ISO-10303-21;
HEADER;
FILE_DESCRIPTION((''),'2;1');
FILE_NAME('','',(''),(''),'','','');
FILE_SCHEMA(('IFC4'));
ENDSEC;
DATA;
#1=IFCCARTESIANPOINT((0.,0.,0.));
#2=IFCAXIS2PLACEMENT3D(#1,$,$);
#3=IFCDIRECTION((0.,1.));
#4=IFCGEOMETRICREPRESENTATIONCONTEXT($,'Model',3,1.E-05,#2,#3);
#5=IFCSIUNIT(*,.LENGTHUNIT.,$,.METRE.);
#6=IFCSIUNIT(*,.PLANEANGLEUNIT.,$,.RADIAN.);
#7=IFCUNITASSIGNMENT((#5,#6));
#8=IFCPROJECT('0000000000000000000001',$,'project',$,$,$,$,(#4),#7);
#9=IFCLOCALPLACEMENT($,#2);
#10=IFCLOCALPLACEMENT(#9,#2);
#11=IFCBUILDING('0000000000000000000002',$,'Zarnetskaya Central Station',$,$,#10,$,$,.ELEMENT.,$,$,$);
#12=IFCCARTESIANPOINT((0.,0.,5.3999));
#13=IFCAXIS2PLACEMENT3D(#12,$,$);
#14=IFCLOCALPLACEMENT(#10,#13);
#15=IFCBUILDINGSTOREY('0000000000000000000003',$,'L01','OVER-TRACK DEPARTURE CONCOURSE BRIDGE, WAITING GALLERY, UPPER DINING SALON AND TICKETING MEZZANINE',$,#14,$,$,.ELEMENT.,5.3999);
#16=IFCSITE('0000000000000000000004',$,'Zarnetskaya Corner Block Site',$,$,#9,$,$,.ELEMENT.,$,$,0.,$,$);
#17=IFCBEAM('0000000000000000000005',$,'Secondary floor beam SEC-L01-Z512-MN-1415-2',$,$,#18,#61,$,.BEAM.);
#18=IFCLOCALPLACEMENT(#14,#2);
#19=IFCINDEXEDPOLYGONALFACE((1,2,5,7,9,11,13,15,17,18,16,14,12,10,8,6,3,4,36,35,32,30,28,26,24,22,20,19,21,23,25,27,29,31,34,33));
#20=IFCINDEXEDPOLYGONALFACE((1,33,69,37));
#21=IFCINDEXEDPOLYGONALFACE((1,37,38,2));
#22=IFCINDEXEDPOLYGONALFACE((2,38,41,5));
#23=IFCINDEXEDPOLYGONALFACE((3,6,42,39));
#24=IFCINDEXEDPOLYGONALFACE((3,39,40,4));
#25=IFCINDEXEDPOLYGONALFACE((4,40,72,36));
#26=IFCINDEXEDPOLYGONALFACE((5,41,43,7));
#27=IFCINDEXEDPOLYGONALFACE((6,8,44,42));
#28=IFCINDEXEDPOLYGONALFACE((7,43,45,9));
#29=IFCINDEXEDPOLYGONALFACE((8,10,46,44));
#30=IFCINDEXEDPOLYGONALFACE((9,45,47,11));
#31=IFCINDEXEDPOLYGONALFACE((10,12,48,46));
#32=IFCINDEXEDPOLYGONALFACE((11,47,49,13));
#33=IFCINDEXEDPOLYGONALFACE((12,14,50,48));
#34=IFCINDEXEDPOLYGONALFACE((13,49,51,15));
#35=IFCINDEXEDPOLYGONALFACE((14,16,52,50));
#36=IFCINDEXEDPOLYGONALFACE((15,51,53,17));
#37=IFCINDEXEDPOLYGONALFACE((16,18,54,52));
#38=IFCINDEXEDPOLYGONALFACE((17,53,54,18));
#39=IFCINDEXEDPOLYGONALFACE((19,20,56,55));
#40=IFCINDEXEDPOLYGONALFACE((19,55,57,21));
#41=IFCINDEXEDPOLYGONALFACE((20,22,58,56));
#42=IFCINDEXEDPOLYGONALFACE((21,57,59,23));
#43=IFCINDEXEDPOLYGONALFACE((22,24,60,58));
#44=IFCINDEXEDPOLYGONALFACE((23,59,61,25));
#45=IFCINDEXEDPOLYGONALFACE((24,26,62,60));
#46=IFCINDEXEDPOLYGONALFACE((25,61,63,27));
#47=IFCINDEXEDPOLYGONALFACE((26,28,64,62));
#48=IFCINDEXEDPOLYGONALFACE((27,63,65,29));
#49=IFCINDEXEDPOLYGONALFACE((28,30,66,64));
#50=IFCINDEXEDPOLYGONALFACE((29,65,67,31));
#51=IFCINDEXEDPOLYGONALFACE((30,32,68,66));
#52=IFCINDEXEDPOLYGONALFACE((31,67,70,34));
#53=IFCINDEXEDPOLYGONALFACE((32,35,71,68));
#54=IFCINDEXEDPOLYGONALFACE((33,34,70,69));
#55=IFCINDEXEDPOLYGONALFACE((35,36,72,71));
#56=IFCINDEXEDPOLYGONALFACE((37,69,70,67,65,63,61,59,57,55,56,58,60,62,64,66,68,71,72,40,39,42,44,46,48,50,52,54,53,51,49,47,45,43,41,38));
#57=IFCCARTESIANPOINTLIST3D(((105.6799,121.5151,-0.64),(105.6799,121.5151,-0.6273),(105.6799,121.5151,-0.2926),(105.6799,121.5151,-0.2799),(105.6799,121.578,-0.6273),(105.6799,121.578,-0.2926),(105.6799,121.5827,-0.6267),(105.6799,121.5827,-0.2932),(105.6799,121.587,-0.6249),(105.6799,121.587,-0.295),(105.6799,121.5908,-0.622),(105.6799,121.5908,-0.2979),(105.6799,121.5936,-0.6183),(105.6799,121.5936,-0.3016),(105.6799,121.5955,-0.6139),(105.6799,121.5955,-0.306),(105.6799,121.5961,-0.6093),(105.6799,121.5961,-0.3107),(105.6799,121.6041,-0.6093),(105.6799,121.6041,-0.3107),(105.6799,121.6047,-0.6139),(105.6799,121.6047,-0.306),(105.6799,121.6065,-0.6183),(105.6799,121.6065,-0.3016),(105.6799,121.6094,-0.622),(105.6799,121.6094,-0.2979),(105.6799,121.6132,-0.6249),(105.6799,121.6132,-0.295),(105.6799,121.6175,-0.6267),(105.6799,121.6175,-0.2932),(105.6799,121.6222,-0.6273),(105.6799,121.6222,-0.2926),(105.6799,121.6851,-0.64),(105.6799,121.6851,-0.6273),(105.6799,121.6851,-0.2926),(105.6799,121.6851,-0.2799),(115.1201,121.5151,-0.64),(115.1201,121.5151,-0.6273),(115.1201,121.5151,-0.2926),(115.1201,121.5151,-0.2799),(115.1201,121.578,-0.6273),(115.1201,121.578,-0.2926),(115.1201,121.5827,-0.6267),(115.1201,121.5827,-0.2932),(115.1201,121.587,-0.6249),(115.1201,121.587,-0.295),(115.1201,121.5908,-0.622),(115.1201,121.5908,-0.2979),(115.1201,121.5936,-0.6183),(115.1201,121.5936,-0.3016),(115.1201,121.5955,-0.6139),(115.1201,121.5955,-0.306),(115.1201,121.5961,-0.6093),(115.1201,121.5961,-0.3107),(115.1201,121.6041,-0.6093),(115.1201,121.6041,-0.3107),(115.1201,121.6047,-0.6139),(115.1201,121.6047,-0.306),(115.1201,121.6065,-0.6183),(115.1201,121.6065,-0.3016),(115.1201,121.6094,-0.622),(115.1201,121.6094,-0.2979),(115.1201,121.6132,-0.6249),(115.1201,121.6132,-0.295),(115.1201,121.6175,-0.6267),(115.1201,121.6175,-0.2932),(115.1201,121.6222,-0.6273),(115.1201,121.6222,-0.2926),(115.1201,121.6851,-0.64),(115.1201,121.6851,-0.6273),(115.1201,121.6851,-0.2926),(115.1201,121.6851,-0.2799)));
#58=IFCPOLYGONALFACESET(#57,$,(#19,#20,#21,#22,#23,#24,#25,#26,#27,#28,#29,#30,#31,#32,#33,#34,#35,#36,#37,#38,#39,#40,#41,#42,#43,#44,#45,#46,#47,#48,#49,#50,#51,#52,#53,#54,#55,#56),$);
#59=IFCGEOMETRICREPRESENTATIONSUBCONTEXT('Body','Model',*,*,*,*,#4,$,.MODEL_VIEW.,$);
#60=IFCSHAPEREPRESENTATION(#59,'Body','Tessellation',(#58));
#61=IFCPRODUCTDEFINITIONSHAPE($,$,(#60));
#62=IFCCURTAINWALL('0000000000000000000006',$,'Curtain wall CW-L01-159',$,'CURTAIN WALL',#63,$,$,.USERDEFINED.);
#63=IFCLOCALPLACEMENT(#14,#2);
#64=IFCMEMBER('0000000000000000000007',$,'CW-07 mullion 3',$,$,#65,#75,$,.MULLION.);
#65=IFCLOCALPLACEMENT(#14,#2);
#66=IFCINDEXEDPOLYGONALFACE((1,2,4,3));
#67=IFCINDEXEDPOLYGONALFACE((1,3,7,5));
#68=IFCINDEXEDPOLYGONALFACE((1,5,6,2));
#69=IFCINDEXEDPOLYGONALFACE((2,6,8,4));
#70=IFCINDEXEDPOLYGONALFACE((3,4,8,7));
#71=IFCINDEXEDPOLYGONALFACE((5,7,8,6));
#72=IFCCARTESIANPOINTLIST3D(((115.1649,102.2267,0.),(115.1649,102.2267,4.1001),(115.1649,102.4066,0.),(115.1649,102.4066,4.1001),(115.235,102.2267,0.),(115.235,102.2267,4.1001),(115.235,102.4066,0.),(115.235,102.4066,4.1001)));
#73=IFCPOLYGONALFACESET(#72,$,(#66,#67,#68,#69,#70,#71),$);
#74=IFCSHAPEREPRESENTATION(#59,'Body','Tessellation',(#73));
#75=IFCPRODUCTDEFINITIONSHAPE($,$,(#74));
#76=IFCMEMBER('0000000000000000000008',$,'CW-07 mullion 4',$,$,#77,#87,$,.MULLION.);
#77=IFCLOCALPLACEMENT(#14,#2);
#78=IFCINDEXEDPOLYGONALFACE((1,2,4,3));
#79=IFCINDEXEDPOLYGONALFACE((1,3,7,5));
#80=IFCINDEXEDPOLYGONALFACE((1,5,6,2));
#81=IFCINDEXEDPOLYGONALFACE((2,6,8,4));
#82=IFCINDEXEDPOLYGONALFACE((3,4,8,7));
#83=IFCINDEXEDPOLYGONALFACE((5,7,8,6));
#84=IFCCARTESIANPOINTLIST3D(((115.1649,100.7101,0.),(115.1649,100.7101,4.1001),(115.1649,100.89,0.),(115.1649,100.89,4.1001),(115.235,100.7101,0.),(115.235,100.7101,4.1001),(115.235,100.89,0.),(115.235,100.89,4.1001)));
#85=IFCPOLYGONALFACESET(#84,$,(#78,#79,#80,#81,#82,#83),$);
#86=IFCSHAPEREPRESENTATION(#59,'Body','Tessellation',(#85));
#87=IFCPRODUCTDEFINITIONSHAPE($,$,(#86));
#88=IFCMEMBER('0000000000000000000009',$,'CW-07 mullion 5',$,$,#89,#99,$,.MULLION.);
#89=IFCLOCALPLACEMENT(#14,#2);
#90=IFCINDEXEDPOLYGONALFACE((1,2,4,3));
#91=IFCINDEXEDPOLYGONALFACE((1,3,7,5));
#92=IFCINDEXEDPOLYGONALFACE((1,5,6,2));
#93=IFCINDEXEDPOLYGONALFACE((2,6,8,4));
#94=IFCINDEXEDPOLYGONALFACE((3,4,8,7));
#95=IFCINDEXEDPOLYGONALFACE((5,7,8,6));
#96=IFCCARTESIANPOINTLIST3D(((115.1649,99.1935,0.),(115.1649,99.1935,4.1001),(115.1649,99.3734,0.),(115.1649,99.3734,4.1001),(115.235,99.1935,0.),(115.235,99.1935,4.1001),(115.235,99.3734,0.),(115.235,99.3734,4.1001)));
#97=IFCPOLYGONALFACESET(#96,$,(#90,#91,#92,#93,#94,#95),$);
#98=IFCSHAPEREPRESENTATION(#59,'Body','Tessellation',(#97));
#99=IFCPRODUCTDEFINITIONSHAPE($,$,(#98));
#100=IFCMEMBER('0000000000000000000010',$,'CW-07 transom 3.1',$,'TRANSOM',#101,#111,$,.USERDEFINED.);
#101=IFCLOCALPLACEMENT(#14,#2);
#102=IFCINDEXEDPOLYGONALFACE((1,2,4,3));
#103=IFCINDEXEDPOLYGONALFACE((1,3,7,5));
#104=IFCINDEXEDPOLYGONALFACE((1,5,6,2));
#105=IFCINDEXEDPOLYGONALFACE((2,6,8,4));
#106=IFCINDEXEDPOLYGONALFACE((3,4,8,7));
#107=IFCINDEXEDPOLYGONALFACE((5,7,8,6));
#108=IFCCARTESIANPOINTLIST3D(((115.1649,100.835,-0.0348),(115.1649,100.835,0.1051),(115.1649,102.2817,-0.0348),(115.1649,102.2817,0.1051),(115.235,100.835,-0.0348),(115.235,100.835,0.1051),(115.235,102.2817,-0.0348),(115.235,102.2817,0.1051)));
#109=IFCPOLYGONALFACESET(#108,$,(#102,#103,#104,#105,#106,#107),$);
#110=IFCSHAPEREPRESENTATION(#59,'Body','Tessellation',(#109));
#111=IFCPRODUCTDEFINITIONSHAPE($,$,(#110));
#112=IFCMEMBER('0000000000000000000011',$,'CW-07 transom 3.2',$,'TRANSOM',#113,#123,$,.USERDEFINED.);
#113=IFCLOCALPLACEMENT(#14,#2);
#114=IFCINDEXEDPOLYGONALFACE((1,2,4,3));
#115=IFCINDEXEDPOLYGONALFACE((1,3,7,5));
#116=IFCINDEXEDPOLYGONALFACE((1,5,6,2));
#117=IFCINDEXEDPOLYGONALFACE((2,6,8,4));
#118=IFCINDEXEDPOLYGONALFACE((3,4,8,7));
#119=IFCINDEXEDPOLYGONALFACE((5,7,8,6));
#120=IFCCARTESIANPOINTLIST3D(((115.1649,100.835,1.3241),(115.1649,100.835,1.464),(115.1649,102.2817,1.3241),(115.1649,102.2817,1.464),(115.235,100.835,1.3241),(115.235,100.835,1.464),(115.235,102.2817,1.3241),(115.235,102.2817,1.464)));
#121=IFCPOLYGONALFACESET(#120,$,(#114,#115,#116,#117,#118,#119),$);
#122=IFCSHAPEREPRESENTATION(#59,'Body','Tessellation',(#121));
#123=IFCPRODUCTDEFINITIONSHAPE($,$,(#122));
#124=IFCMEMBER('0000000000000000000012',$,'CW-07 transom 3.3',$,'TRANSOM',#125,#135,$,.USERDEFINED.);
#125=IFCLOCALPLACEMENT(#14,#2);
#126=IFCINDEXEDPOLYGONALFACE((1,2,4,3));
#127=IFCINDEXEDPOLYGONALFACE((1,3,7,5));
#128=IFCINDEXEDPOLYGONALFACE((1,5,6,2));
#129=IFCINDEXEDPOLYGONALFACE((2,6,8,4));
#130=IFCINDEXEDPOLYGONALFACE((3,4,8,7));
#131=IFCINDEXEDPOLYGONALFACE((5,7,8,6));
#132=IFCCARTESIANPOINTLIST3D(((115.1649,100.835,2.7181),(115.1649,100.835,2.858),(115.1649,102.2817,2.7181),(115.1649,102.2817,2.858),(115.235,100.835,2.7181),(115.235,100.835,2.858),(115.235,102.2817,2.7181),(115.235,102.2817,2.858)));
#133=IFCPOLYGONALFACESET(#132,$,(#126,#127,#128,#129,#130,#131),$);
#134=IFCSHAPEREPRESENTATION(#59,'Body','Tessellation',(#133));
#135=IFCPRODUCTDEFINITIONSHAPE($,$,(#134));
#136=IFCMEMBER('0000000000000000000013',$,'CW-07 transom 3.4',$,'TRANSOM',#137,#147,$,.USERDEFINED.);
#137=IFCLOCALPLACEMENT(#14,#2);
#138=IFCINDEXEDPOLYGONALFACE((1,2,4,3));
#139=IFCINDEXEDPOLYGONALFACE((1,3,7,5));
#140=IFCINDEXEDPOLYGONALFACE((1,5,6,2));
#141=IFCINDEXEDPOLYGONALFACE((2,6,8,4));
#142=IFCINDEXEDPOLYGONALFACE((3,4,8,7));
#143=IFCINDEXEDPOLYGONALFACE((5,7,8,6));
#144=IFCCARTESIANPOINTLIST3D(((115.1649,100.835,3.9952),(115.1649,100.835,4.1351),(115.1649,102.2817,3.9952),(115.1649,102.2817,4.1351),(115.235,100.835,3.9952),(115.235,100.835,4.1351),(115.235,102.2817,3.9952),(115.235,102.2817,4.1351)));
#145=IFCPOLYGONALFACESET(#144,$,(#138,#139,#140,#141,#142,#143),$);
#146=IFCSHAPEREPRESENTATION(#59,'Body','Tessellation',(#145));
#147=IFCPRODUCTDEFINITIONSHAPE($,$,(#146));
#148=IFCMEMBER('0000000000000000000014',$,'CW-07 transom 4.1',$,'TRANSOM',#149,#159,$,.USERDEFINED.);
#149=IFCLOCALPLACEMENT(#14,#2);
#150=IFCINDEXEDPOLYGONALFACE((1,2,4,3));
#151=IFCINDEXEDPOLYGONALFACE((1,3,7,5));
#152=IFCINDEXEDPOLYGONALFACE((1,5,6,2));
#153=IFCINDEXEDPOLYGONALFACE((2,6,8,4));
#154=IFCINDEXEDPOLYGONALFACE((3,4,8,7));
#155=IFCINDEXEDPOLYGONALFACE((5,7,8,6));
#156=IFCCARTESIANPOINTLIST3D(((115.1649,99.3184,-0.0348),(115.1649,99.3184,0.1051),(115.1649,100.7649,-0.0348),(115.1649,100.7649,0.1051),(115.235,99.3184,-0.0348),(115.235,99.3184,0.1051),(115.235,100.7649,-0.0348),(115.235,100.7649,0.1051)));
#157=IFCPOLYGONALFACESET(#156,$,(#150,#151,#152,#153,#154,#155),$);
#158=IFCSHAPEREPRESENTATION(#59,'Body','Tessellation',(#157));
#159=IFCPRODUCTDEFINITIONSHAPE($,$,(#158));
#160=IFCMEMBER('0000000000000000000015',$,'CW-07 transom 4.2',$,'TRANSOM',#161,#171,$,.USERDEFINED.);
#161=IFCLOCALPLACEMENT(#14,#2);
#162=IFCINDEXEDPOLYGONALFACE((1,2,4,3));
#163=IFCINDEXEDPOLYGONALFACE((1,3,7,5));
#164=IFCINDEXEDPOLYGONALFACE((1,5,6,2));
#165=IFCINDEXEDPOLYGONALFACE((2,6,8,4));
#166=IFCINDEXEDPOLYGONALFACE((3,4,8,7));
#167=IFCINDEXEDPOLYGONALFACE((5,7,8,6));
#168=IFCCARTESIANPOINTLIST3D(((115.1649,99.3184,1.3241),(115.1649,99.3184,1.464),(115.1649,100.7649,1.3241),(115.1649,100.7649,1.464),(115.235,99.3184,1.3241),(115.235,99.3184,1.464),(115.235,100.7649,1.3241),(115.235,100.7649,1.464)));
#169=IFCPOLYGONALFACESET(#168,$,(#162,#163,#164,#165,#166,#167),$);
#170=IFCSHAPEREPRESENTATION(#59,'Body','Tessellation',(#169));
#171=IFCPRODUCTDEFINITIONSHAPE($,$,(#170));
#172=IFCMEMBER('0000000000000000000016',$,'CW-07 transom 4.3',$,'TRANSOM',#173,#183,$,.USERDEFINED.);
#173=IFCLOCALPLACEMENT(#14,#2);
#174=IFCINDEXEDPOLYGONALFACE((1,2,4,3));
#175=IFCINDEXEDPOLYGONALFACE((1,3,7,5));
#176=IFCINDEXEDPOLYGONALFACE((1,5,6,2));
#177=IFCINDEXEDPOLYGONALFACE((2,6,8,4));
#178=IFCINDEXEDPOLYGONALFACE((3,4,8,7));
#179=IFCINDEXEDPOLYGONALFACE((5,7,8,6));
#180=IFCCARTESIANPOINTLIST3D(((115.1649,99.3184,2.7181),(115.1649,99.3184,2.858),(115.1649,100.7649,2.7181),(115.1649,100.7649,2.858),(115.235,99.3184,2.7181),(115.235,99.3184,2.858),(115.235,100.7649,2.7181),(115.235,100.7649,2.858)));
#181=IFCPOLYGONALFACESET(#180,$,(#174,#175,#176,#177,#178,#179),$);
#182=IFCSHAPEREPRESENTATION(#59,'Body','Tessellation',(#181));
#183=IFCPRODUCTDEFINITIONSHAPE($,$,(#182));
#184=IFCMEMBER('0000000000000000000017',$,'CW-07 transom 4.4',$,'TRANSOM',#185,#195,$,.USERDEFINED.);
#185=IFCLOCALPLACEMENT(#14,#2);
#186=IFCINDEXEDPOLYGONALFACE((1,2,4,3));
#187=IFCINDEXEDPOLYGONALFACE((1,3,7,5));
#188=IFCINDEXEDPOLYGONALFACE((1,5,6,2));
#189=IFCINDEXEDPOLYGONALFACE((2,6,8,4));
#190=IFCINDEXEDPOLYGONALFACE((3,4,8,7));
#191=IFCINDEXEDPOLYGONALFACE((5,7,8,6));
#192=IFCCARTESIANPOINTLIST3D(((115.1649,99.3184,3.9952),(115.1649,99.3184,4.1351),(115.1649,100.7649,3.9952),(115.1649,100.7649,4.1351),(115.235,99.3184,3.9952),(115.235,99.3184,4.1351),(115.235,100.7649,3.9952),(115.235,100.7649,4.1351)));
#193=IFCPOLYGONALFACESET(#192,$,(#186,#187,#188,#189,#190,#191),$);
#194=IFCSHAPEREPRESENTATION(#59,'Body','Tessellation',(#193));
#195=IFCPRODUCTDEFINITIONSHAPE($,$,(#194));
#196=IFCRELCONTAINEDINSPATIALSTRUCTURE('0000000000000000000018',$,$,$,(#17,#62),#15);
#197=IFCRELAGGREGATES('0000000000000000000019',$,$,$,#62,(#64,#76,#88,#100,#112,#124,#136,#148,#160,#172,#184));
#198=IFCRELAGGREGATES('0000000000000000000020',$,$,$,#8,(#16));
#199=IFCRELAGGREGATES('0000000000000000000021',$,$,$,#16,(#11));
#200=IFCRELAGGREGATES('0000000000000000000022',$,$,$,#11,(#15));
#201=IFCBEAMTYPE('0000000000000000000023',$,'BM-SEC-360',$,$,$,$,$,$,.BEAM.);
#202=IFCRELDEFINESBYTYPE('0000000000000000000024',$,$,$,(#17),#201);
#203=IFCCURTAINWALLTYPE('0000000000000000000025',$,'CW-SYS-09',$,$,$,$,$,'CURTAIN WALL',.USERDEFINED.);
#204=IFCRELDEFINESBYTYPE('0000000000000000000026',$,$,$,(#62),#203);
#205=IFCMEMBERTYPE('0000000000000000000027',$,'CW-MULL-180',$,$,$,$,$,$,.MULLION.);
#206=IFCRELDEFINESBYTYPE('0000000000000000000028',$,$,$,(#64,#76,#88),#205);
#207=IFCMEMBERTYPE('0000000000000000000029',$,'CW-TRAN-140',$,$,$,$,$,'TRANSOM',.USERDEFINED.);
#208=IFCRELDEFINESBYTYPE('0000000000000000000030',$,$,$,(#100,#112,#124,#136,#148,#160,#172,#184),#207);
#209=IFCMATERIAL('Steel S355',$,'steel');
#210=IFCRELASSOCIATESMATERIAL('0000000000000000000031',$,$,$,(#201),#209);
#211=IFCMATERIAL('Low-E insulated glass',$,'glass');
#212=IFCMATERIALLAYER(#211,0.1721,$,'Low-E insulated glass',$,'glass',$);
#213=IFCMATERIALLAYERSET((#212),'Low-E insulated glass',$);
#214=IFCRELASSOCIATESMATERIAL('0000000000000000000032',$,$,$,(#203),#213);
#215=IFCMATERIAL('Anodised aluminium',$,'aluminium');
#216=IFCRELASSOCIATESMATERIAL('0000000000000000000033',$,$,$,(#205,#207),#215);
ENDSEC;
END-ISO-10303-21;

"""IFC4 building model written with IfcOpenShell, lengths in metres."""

from ifc_helpers import new_model, si_unit, direction, frame, origin, origin_2d, place, context, subcontext, project, spatial, rectangle, i_section, extrude, material, layer, layer_set, material_profile, profile_set, type_object, element, aggregate, save


model = new_model("IFC4")

# Units and contexts
model_context = context("Model", 3, precision=1e-05, world=origin(), true_north=direction((0.0, 1.0)))
body_context = subcontext(model_context, "Body", "Model", "MODEL_VIEW")
ifc_project = project(units=[si_unit("LENGTHUNIT", "METRE"), si_unit("PLANEANGLEUNIT", "RADIAN")], contexts=[model_context])

# Site, building, storey
site_placement = place(None, origin())
site = spatial("IfcSite", under=ifc_project, at=site_placement, Name="Zarnetskaya Corner Block Site", CompositionType="ELEMENT", RefElevation=0.0)
building_placement = place(site_placement, origin())
building = spatial("IfcBuilding", under=site, at=building_placement, Name="Zarnetskaya Central Station", CompositionType="ELEMENT")
storey_placement = place(building_placement, frame((0.0, 0.0, 5.3999)))
storey = spatial("IfcBuildingStorey", under=building, at=storey_placement, Name="L01", Description="OVER-TRACK DEPARTURE CONCOURSE BRIDGE, WAITING GALLERY, UPPER DINING SALON AND TICKETING MEZZANINE", CompositionType="ELEMENT", Elevation=5.3999)

# Shared definitions
ifc_material_1 = material(Name="Steel S355", Category="steel")

# Beam
ifc_material_profile_1 = material_profile(ifc_material_1, i_section(OverallWidth=0.1699, OverallDepth=0.3601, WebThickness=0.0081, FlangeThickness=0.0127, FilletRadius=0.0181, at=origin_2d()), Name="IPE 360")
ifc_profile_set_1 = profile_set([ifc_material_profile_1], Name="Steel S355")
beam_type_1 = type_object("IfcBeamType", Name="BM-SEC-360", PredefinedType="BEAM", material=ifc_profile_set_1)
for number, where, z_axis, x_axis, name in (
    (1, (105.6799, 121.6001, -0.46), (1.0, 0.0, 0.0), (0.0, 1.0, 0.0), "Secondary floor beam SEC-L01-Z512-MN-1415-2"),
):
    element("IfcBeam", number, at=place(storey_placement, frame(where, z_axis=z_axis, x_axis=x_axis)), inside=storey, type_object=beam_type_1, Name=name, PredefinedType="BEAM", context=body_context, shape_type="SweptSolid", body=[
        extrude(i_section(OverallWidth=0.1699, OverallDepth=0.3601, WebThickness=0.0081, FlangeThickness=0.0127, FilletRadius=0.0181, at=origin_2d()), origin(), (0.0, 0.0, 1.0), 9.4402),
    ])

# Curtain wall, members
ifc_material_2 = material(Name="Low-E insulated glass", Category="glass")
ifc_layer_1 = layer(ifc_material_2, 0.1721, Name="Low-E insulated glass", Category="glass")
ifc_layer_set_1 = layer_set([ifc_layer_1], Name="Low-E insulated glass")
curtain_wall_type = type_object("IfcCurtainWallType", Name="CW-SYS-09", ElementType="CURTAIN WALL", PredefinedType="USERDEFINED", material=ifc_layer_set_1)
curtain_wall_1_placement = place(storey_placement, origin())
curtain_wall_1 = element("IfcCurtainWall", 2, at=curtain_wall_1_placement, inside=storey, type_object=curtain_wall_type, Name="Curtain wall CW-L01-159", ObjectType="CURTAIN WALL", PredefinedType="USERDEFINED")
ifc_material_3 = material(Name="Anodised aluminium", Category="aluminium")
ifc_material_profile_2 = material_profile(ifc_material_3, rectangle(XDim=0.0701, YDim=0.1799, at=origin_2d()), Name="ALU MULL 70x180")
ifc_profile_set_2 = profile_set([ifc_material_profile_2], Name="Anodised aluminium")
member_type_1 = type_object("IfcMemberType", Name="CW-MULL-180", PredefinedType="MULLION", material=ifc_profile_set_2)
member_1_placement = place(storey_placement, frame((115.2, 102.3167, 0.0), z_axis=(0.0, 0.0, 1.0), x_axis=(1.0, 0.0, 0.0)))
member_1 = element("IfcMember", 3, at=member_1_placement, type_object=member_type_1, Name="CW-07 mullion 3", PredefinedType="MULLION", context=body_context, shape_type="SweptSolid", body=[
    extrude(rectangle(XDim=0.0701, YDim=0.1799, at=origin_2d()), origin(), (0.0, 0.0, 1.0), 4.1001),
])
member_2_placement = place(storey_placement, frame((115.2, 100.8, 0.0), z_axis=(0.0, 0.0, 1.0), x_axis=(1.0, 0.0, 0.0)))
member_2 = element("IfcMember", 4, at=member_2_placement, type_object=member_type_1, Name="CW-07 mullion 4", PredefinedType="MULLION", context=body_context, shape_type="SweptSolid", body=[
    extrude(rectangle(XDim=0.0701, YDim=0.1799, at=origin_2d()), origin(), (0.0, 0.0, 1.0), 4.1001),
])
member_3_placement = place(storey_placement, frame((115.2, 99.2834, 0.0), z_axis=(0.0, 0.0, 1.0), x_axis=(1.0, 0.0, 0.0)))
member_3 = element("IfcMember", 5, at=member_3_placement, type_object=member_type_1, Name="CW-07 mullion 5", PredefinedType="MULLION", context=body_context, shape_type="SweptSolid", body=[
    extrude(rectangle(XDim=0.0701, YDim=0.1799, at=origin_2d()), origin(), (0.0, 0.0, 1.0), 4.1001),
])
ifc_material_profile_3 = material_profile(ifc_material_3, rectangle(XDim=0.0701, YDim=0.1399, at=origin_2d()), Name="ALU TRAN 70x140")
ifc_profile_set_3 = profile_set([ifc_material_profile_3], Name="Anodised aluminium")
member_type_2 = type_object("IfcMemberType", Name="CW-TRAN-140", ElementType="TRANSOM", PredefinedType="USERDEFINED", material=ifc_profile_set_3)
member_4_placement = place(storey_placement, frame((115.2, 102.2817, 0.0352), z_axis=(0.0, -1.0, 0.0), x_axis=(1.0, 0.0, 0.0)))
member_4 = element("IfcMember", 6, at=member_4_placement, type_object=member_type_2, Name="CW-07 transom 3.1", ObjectType="TRANSOM", PredefinedType="USERDEFINED", context=body_context, shape_type="SweptSolid", body=[
    extrude(rectangle(XDim=0.0701, YDim=0.1399, at=origin_2d()), origin(), (0.0, 0.0, 1.0), 1.4468),
])
member_5_placement = place(storey_placement, frame((115.2, 102.2817, 1.394), z_axis=(0.0, -1.0, 0.0), x_axis=(1.0, 0.0, 0.0)))
member_5 = element("IfcMember", 7, at=member_5_placement, type_object=member_type_2, Name="CW-07 transom 3.2", ObjectType="TRANSOM", PredefinedType="USERDEFINED", context=body_context, shape_type="SweptSolid", body=[
    extrude(rectangle(XDim=0.0701, YDim=0.1399, at=origin_2d()), origin(), (0.0, 0.0, 1.0), 1.4468),
])
member_6_placement = place(storey_placement, frame((115.2, 102.2817, 2.7881), z_axis=(0.0, -1.0, 0.0), x_axis=(1.0, 0.0, 0.0)))
member_6 = element("IfcMember", 8, at=member_6_placement, type_object=member_type_2, Name="CW-07 transom 3.3", ObjectType="TRANSOM", PredefinedType="USERDEFINED", context=body_context, shape_type="SweptSolid", body=[
    extrude(rectangle(XDim=0.0701, YDim=0.1399, at=origin_2d()), origin(), (0.0, 0.0, 1.0), 1.4468),
])
member_7_placement = place(storey_placement, frame((115.2, 102.2817, 4.0652), z_axis=(0.0, -1.0, 0.0), x_axis=(1.0, 0.0, 0.0)))
member_7 = element("IfcMember", 9, at=member_7_placement, type_object=member_type_2, Name="CW-07 transom 3.4", ObjectType="TRANSOM", PredefinedType="USERDEFINED", context=body_context, shape_type="SweptSolid", body=[
    extrude(rectangle(XDim=0.0701, YDim=0.1399, at=origin_2d()), origin(), (0.0, 0.0, 1.0), 1.4468),
])
member_8_placement = place(storey_placement, frame((115.2, 100.7649, 0.0352), z_axis=(0.0, -1.0, 0.0), x_axis=(1.0, 0.0, 0.0)))
member_8 = element("IfcMember", 10, at=member_8_placement, type_object=member_type_2, Name="CW-07 transom 4.1", ObjectType="TRANSOM", PredefinedType="USERDEFINED", context=body_context, shape_type="SweptSolid", body=[
    extrude(rectangle(XDim=0.0701, YDim=0.1399, at=origin_2d()), origin(), (0.0, 0.0, 1.0), 1.4465),
])
member_9_placement = place(storey_placement, frame((115.2, 100.7649, 1.394), z_axis=(0.0, -1.0, 0.0), x_axis=(1.0, 0.0, 0.0)))
member_9 = element("IfcMember", 11, at=member_9_placement, type_object=member_type_2, Name="CW-07 transom 4.2", ObjectType="TRANSOM", PredefinedType="USERDEFINED", context=body_context, shape_type="SweptSolid", body=[
    extrude(rectangle(XDim=0.0701, YDim=0.1399, at=origin_2d()), origin(), (0.0, 0.0, 1.0), 1.4465),
])
member_10_placement = place(storey_placement, frame((115.2, 100.7649, 2.7881), z_axis=(0.0, -1.0, 0.0), x_axis=(1.0, 0.0, 0.0)))
member_10 = element("IfcMember", 12, at=member_10_placement, type_object=member_type_2, Name="CW-07 transom 4.3", ObjectType="TRANSOM", PredefinedType="USERDEFINED", context=body_context, shape_type="SweptSolid", body=[
    extrude(rectangle(XDim=0.0701, YDim=0.1399, at=origin_2d()), origin(), (0.0, 0.0, 1.0), 1.4465),
])
member_11_placement = place(storey_placement, frame((115.2, 100.7649, 4.0652), z_axis=(0.0, -1.0, 0.0), x_axis=(1.0, 0.0, 0.0)))
member_11 = element("IfcMember", 13, at=member_11_placement, type_object=member_type_2, Name="CW-07 transom 4.4", ObjectType="TRANSOM", PredefinedType="USERDEFINED", context=body_context, shape_type="SweptSolid", body=[
    extrude(rectangle(XDim=0.0701, YDim=0.1399, at=origin_2d()), origin(), (0.0, 0.0, 1.0), 1.4465),
])

aggregate(curtain_wall_1, [member_1, member_2, member_3, member_4, member_5, member_6, member_7, member_8, member_9, member_10, member_11])

save(model, "model.ifc")
